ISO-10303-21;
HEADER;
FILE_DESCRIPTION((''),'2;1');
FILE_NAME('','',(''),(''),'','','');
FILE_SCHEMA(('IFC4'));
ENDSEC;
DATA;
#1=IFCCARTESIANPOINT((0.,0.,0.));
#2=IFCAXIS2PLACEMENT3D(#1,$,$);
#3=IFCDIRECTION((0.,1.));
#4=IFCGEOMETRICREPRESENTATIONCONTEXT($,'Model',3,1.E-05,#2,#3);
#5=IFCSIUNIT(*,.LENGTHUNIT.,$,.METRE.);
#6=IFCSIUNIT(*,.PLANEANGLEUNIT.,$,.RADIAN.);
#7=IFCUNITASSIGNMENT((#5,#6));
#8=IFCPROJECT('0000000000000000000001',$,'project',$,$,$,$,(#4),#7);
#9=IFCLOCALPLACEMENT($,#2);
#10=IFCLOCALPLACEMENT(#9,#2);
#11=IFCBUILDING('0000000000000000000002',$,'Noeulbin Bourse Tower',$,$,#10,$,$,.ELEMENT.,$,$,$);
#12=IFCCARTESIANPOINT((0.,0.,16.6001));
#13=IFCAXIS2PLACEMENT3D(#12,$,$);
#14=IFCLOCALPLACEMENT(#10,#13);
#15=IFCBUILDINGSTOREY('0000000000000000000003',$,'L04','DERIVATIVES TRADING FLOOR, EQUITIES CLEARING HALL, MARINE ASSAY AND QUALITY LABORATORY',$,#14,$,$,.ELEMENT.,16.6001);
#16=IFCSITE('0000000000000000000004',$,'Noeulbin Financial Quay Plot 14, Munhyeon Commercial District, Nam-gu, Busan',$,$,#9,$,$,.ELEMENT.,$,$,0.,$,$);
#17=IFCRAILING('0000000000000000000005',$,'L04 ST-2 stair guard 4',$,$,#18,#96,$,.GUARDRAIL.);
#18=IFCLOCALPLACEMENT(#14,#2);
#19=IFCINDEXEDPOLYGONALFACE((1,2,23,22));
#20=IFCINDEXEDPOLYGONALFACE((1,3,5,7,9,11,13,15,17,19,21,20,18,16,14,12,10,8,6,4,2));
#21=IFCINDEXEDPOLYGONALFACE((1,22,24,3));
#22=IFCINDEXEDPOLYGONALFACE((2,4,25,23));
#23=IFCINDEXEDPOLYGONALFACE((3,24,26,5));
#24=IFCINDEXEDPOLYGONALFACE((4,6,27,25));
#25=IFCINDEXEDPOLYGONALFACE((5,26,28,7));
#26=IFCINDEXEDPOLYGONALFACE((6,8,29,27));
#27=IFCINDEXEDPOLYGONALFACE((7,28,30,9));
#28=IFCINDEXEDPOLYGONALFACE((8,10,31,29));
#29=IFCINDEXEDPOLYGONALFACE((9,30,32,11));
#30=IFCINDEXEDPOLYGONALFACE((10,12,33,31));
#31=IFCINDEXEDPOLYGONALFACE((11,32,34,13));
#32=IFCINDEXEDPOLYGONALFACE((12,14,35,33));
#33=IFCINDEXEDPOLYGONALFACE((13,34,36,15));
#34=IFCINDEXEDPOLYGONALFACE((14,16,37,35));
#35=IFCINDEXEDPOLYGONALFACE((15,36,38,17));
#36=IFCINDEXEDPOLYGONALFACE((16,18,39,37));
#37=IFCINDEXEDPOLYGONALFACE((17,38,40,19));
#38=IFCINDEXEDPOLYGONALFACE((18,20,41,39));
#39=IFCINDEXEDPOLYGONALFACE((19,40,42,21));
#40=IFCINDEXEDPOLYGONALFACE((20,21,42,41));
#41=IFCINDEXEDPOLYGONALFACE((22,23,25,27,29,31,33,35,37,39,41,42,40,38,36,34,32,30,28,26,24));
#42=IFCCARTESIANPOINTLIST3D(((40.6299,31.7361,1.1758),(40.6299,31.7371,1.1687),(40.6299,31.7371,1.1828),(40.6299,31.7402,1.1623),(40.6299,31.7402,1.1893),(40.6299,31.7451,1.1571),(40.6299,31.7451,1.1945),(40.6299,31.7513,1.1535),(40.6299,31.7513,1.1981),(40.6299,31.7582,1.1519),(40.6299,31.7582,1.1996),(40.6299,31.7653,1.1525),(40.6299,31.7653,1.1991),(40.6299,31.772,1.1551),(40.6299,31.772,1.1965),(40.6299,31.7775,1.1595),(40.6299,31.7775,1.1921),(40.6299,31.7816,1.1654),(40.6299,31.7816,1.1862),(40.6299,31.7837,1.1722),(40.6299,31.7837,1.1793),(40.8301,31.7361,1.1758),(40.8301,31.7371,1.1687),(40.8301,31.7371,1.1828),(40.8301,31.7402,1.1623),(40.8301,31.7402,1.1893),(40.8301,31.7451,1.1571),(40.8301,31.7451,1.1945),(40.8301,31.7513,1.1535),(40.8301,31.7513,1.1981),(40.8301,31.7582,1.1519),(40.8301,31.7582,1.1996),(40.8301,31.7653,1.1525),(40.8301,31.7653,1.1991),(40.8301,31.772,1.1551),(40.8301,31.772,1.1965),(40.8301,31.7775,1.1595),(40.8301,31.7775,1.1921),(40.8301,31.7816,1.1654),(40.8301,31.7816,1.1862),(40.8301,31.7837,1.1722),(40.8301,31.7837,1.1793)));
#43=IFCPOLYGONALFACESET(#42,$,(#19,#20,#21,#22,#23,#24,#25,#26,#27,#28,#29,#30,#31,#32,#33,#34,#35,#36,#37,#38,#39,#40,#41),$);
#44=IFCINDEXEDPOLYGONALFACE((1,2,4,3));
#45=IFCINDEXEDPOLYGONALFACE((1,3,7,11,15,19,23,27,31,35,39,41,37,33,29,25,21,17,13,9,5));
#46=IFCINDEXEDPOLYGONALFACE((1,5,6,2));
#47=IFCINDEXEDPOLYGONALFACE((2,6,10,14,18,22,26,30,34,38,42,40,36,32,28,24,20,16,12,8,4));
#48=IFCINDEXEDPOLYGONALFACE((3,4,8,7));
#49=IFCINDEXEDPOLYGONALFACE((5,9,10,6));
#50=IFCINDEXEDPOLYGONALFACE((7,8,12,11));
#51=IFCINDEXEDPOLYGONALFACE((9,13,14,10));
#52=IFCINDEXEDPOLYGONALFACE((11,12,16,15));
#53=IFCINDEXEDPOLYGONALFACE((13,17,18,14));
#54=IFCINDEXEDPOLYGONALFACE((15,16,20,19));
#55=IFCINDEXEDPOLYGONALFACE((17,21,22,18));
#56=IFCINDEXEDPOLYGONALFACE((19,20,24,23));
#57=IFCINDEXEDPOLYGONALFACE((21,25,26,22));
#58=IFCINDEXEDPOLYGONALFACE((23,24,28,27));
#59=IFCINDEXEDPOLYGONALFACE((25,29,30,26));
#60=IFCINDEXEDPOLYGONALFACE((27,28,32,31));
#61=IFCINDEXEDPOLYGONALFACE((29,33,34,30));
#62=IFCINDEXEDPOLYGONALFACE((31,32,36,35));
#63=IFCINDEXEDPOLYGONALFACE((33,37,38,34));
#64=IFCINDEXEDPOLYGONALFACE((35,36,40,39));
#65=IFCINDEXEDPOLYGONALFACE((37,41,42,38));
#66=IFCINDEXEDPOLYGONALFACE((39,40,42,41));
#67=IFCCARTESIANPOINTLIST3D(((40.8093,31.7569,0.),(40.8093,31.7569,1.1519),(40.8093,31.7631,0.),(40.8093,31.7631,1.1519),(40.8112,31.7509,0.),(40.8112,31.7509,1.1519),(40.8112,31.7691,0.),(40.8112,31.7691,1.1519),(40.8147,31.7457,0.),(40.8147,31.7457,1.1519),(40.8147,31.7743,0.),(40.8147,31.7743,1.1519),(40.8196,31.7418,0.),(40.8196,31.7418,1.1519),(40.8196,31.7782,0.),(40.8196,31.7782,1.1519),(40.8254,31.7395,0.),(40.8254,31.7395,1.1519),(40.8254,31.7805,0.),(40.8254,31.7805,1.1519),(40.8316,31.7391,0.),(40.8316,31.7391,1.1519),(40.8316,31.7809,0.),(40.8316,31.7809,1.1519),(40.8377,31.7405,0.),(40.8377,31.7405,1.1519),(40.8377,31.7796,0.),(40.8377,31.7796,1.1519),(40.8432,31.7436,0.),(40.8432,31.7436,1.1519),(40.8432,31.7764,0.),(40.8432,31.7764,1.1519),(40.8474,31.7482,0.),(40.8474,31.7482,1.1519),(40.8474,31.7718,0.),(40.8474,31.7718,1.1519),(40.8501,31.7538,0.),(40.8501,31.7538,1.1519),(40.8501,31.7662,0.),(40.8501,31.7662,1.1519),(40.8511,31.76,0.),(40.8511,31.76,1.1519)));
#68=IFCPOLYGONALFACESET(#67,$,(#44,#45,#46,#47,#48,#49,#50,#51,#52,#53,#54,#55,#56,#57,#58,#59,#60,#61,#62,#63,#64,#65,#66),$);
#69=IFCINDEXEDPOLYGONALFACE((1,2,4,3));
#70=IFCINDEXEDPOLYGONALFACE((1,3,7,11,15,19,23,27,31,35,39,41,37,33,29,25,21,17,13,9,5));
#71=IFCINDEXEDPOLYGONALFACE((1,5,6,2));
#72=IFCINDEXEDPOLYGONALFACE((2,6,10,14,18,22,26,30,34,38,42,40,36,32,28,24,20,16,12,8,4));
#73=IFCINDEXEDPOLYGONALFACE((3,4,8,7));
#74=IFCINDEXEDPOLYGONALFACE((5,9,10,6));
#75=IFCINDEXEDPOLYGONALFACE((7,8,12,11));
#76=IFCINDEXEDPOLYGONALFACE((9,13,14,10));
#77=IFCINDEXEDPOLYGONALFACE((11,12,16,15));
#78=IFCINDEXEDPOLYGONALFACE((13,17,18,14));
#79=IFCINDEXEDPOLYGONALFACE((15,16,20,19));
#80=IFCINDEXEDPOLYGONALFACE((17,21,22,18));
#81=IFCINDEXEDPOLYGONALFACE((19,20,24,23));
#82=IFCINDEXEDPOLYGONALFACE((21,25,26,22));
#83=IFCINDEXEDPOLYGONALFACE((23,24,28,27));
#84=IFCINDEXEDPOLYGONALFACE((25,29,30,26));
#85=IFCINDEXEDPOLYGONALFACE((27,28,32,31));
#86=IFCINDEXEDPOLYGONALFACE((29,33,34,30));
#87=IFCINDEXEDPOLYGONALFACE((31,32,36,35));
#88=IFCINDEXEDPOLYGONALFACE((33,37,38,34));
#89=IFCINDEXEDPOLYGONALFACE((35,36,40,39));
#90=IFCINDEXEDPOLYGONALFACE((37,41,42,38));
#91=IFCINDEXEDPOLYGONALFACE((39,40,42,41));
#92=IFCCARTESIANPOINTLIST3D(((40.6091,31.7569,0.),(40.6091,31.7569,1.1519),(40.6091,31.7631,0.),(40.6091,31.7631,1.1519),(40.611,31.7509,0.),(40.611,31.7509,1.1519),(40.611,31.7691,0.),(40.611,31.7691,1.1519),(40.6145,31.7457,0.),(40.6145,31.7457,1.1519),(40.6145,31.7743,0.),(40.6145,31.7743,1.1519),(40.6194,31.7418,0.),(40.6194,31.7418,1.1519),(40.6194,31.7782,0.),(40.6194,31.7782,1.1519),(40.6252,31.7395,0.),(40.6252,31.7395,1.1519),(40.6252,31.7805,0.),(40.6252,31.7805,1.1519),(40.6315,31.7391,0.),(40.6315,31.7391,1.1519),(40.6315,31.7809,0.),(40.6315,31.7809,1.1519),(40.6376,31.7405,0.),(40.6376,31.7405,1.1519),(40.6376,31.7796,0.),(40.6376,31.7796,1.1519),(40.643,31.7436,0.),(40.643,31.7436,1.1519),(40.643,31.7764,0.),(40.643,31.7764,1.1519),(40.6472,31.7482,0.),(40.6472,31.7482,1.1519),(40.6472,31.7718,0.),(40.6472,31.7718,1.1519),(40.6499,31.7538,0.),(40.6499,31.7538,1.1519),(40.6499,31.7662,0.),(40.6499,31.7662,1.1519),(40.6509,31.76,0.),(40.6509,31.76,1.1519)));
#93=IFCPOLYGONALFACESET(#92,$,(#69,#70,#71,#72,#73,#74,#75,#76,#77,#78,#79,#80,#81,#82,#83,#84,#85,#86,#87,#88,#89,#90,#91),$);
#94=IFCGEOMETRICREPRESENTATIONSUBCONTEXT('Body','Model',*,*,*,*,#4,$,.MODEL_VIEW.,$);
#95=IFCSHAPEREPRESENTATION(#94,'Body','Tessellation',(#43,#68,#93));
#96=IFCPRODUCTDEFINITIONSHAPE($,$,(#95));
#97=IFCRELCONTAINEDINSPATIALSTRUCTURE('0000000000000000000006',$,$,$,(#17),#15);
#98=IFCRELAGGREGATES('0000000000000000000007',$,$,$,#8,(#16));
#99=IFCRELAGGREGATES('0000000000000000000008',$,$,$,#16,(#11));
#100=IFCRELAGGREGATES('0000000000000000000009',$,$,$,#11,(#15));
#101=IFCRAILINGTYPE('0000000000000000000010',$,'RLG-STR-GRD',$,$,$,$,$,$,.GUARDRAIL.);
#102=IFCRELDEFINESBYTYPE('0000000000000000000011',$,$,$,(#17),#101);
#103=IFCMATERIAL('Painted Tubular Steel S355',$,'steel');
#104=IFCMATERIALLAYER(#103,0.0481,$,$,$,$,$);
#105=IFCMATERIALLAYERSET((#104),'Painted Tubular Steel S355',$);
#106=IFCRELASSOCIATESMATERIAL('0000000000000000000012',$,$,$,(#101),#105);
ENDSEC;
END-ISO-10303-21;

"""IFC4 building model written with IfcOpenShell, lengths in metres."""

from ifc_helpers import new_model, si_unit, direction, frame, origin, origin_2d, place, context, subcontext, project, spatial, circle, extrude, material, layer, layer_set, type_object, element, save


model = new_model("IFC4")

# Units and contexts
model_context = context("Model", 3, precision=1e-05, world=origin(), true_north=direction((0.0, 1.0)))
body_context = subcontext(model_context, "Body", "Model", "MODEL_VIEW")
ifc_project = project(units=[si_unit("LENGTHUNIT", "METRE"), si_unit("PLANEANGLEUNIT", "RADIAN")], contexts=[model_context])

# Site, building, storey
site_placement = place(None, origin())
site = spatial("IfcSite", under=ifc_project, at=site_placement, Name="Noeulbin Financial Quay Plot 14, Munhyeon Commercial District, Nam-gu, Busan", CompositionType="ELEMENT", RefElevation=0.0)
building_placement = place(site_placement, origin())
building = spatial("IfcBuilding", under=site, at=building_placement, Name="Noeulbin Bourse Tower", CompositionType="ELEMENT")
storey_placement = place(building_placement, frame((0.0, 0.0, 16.6001)))
storey = spatial("IfcBuildingStorey", under=building, at=storey_placement, Name="L04", Description="DERIVATIVES TRADING FLOOR, EQUITIES CLEARING HALL, MARINE ASSAY AND QUALITY LABORATORY", CompositionType="ELEMENT", Elevation=16.6001)

# Railing
ifc_material_1 = material(Name="Painted Tubular Steel S355", Category="steel")
ifc_layer_1 = layer(ifc_material_1, 0.0481)
ifc_layer_set_1 = layer_set([ifc_layer_1], Name="Painted Tubular Steel S355")
railing_type_1 = type_object("IfcRailingType", Name="RLG-STR-GRD", PredefinedType="GUARDRAIL", material=ifc_layer_set_1)
railing_1_placement = place(storey_placement, frame((40.8301, 31.76, 0.0)))
element("IfcRailing", 1, at=railing_1_placement, inside=storey, type_object=railing_type_1, Name="L04 ST-2 stair guard 4", PredefinedType="GUARDRAIL", context=body_context, shape_type="SweptSolid", body=[
    extrude(circle(Radius=0.0239, at=origin_2d()), frame((0.0, 0.0, 1.1758), z_axis=(-1.0, 0.0, 0.0), x_axis=(0.0, -1.0, 0.0)), (0.0, 0.0, 1.0), 0.2002),
    extrude(circle(Radius=0.021, at=origin_2d()), origin(), (0.0, 0.0, 1.0), 1.1519),
    extrude(circle(Radius=0.021, at=origin_2d()), frame((-0.2002, 0.0, 0.0)), (0.0, 0.0, 1.0), 1.1519),
])

save(model, "model.ifc")
